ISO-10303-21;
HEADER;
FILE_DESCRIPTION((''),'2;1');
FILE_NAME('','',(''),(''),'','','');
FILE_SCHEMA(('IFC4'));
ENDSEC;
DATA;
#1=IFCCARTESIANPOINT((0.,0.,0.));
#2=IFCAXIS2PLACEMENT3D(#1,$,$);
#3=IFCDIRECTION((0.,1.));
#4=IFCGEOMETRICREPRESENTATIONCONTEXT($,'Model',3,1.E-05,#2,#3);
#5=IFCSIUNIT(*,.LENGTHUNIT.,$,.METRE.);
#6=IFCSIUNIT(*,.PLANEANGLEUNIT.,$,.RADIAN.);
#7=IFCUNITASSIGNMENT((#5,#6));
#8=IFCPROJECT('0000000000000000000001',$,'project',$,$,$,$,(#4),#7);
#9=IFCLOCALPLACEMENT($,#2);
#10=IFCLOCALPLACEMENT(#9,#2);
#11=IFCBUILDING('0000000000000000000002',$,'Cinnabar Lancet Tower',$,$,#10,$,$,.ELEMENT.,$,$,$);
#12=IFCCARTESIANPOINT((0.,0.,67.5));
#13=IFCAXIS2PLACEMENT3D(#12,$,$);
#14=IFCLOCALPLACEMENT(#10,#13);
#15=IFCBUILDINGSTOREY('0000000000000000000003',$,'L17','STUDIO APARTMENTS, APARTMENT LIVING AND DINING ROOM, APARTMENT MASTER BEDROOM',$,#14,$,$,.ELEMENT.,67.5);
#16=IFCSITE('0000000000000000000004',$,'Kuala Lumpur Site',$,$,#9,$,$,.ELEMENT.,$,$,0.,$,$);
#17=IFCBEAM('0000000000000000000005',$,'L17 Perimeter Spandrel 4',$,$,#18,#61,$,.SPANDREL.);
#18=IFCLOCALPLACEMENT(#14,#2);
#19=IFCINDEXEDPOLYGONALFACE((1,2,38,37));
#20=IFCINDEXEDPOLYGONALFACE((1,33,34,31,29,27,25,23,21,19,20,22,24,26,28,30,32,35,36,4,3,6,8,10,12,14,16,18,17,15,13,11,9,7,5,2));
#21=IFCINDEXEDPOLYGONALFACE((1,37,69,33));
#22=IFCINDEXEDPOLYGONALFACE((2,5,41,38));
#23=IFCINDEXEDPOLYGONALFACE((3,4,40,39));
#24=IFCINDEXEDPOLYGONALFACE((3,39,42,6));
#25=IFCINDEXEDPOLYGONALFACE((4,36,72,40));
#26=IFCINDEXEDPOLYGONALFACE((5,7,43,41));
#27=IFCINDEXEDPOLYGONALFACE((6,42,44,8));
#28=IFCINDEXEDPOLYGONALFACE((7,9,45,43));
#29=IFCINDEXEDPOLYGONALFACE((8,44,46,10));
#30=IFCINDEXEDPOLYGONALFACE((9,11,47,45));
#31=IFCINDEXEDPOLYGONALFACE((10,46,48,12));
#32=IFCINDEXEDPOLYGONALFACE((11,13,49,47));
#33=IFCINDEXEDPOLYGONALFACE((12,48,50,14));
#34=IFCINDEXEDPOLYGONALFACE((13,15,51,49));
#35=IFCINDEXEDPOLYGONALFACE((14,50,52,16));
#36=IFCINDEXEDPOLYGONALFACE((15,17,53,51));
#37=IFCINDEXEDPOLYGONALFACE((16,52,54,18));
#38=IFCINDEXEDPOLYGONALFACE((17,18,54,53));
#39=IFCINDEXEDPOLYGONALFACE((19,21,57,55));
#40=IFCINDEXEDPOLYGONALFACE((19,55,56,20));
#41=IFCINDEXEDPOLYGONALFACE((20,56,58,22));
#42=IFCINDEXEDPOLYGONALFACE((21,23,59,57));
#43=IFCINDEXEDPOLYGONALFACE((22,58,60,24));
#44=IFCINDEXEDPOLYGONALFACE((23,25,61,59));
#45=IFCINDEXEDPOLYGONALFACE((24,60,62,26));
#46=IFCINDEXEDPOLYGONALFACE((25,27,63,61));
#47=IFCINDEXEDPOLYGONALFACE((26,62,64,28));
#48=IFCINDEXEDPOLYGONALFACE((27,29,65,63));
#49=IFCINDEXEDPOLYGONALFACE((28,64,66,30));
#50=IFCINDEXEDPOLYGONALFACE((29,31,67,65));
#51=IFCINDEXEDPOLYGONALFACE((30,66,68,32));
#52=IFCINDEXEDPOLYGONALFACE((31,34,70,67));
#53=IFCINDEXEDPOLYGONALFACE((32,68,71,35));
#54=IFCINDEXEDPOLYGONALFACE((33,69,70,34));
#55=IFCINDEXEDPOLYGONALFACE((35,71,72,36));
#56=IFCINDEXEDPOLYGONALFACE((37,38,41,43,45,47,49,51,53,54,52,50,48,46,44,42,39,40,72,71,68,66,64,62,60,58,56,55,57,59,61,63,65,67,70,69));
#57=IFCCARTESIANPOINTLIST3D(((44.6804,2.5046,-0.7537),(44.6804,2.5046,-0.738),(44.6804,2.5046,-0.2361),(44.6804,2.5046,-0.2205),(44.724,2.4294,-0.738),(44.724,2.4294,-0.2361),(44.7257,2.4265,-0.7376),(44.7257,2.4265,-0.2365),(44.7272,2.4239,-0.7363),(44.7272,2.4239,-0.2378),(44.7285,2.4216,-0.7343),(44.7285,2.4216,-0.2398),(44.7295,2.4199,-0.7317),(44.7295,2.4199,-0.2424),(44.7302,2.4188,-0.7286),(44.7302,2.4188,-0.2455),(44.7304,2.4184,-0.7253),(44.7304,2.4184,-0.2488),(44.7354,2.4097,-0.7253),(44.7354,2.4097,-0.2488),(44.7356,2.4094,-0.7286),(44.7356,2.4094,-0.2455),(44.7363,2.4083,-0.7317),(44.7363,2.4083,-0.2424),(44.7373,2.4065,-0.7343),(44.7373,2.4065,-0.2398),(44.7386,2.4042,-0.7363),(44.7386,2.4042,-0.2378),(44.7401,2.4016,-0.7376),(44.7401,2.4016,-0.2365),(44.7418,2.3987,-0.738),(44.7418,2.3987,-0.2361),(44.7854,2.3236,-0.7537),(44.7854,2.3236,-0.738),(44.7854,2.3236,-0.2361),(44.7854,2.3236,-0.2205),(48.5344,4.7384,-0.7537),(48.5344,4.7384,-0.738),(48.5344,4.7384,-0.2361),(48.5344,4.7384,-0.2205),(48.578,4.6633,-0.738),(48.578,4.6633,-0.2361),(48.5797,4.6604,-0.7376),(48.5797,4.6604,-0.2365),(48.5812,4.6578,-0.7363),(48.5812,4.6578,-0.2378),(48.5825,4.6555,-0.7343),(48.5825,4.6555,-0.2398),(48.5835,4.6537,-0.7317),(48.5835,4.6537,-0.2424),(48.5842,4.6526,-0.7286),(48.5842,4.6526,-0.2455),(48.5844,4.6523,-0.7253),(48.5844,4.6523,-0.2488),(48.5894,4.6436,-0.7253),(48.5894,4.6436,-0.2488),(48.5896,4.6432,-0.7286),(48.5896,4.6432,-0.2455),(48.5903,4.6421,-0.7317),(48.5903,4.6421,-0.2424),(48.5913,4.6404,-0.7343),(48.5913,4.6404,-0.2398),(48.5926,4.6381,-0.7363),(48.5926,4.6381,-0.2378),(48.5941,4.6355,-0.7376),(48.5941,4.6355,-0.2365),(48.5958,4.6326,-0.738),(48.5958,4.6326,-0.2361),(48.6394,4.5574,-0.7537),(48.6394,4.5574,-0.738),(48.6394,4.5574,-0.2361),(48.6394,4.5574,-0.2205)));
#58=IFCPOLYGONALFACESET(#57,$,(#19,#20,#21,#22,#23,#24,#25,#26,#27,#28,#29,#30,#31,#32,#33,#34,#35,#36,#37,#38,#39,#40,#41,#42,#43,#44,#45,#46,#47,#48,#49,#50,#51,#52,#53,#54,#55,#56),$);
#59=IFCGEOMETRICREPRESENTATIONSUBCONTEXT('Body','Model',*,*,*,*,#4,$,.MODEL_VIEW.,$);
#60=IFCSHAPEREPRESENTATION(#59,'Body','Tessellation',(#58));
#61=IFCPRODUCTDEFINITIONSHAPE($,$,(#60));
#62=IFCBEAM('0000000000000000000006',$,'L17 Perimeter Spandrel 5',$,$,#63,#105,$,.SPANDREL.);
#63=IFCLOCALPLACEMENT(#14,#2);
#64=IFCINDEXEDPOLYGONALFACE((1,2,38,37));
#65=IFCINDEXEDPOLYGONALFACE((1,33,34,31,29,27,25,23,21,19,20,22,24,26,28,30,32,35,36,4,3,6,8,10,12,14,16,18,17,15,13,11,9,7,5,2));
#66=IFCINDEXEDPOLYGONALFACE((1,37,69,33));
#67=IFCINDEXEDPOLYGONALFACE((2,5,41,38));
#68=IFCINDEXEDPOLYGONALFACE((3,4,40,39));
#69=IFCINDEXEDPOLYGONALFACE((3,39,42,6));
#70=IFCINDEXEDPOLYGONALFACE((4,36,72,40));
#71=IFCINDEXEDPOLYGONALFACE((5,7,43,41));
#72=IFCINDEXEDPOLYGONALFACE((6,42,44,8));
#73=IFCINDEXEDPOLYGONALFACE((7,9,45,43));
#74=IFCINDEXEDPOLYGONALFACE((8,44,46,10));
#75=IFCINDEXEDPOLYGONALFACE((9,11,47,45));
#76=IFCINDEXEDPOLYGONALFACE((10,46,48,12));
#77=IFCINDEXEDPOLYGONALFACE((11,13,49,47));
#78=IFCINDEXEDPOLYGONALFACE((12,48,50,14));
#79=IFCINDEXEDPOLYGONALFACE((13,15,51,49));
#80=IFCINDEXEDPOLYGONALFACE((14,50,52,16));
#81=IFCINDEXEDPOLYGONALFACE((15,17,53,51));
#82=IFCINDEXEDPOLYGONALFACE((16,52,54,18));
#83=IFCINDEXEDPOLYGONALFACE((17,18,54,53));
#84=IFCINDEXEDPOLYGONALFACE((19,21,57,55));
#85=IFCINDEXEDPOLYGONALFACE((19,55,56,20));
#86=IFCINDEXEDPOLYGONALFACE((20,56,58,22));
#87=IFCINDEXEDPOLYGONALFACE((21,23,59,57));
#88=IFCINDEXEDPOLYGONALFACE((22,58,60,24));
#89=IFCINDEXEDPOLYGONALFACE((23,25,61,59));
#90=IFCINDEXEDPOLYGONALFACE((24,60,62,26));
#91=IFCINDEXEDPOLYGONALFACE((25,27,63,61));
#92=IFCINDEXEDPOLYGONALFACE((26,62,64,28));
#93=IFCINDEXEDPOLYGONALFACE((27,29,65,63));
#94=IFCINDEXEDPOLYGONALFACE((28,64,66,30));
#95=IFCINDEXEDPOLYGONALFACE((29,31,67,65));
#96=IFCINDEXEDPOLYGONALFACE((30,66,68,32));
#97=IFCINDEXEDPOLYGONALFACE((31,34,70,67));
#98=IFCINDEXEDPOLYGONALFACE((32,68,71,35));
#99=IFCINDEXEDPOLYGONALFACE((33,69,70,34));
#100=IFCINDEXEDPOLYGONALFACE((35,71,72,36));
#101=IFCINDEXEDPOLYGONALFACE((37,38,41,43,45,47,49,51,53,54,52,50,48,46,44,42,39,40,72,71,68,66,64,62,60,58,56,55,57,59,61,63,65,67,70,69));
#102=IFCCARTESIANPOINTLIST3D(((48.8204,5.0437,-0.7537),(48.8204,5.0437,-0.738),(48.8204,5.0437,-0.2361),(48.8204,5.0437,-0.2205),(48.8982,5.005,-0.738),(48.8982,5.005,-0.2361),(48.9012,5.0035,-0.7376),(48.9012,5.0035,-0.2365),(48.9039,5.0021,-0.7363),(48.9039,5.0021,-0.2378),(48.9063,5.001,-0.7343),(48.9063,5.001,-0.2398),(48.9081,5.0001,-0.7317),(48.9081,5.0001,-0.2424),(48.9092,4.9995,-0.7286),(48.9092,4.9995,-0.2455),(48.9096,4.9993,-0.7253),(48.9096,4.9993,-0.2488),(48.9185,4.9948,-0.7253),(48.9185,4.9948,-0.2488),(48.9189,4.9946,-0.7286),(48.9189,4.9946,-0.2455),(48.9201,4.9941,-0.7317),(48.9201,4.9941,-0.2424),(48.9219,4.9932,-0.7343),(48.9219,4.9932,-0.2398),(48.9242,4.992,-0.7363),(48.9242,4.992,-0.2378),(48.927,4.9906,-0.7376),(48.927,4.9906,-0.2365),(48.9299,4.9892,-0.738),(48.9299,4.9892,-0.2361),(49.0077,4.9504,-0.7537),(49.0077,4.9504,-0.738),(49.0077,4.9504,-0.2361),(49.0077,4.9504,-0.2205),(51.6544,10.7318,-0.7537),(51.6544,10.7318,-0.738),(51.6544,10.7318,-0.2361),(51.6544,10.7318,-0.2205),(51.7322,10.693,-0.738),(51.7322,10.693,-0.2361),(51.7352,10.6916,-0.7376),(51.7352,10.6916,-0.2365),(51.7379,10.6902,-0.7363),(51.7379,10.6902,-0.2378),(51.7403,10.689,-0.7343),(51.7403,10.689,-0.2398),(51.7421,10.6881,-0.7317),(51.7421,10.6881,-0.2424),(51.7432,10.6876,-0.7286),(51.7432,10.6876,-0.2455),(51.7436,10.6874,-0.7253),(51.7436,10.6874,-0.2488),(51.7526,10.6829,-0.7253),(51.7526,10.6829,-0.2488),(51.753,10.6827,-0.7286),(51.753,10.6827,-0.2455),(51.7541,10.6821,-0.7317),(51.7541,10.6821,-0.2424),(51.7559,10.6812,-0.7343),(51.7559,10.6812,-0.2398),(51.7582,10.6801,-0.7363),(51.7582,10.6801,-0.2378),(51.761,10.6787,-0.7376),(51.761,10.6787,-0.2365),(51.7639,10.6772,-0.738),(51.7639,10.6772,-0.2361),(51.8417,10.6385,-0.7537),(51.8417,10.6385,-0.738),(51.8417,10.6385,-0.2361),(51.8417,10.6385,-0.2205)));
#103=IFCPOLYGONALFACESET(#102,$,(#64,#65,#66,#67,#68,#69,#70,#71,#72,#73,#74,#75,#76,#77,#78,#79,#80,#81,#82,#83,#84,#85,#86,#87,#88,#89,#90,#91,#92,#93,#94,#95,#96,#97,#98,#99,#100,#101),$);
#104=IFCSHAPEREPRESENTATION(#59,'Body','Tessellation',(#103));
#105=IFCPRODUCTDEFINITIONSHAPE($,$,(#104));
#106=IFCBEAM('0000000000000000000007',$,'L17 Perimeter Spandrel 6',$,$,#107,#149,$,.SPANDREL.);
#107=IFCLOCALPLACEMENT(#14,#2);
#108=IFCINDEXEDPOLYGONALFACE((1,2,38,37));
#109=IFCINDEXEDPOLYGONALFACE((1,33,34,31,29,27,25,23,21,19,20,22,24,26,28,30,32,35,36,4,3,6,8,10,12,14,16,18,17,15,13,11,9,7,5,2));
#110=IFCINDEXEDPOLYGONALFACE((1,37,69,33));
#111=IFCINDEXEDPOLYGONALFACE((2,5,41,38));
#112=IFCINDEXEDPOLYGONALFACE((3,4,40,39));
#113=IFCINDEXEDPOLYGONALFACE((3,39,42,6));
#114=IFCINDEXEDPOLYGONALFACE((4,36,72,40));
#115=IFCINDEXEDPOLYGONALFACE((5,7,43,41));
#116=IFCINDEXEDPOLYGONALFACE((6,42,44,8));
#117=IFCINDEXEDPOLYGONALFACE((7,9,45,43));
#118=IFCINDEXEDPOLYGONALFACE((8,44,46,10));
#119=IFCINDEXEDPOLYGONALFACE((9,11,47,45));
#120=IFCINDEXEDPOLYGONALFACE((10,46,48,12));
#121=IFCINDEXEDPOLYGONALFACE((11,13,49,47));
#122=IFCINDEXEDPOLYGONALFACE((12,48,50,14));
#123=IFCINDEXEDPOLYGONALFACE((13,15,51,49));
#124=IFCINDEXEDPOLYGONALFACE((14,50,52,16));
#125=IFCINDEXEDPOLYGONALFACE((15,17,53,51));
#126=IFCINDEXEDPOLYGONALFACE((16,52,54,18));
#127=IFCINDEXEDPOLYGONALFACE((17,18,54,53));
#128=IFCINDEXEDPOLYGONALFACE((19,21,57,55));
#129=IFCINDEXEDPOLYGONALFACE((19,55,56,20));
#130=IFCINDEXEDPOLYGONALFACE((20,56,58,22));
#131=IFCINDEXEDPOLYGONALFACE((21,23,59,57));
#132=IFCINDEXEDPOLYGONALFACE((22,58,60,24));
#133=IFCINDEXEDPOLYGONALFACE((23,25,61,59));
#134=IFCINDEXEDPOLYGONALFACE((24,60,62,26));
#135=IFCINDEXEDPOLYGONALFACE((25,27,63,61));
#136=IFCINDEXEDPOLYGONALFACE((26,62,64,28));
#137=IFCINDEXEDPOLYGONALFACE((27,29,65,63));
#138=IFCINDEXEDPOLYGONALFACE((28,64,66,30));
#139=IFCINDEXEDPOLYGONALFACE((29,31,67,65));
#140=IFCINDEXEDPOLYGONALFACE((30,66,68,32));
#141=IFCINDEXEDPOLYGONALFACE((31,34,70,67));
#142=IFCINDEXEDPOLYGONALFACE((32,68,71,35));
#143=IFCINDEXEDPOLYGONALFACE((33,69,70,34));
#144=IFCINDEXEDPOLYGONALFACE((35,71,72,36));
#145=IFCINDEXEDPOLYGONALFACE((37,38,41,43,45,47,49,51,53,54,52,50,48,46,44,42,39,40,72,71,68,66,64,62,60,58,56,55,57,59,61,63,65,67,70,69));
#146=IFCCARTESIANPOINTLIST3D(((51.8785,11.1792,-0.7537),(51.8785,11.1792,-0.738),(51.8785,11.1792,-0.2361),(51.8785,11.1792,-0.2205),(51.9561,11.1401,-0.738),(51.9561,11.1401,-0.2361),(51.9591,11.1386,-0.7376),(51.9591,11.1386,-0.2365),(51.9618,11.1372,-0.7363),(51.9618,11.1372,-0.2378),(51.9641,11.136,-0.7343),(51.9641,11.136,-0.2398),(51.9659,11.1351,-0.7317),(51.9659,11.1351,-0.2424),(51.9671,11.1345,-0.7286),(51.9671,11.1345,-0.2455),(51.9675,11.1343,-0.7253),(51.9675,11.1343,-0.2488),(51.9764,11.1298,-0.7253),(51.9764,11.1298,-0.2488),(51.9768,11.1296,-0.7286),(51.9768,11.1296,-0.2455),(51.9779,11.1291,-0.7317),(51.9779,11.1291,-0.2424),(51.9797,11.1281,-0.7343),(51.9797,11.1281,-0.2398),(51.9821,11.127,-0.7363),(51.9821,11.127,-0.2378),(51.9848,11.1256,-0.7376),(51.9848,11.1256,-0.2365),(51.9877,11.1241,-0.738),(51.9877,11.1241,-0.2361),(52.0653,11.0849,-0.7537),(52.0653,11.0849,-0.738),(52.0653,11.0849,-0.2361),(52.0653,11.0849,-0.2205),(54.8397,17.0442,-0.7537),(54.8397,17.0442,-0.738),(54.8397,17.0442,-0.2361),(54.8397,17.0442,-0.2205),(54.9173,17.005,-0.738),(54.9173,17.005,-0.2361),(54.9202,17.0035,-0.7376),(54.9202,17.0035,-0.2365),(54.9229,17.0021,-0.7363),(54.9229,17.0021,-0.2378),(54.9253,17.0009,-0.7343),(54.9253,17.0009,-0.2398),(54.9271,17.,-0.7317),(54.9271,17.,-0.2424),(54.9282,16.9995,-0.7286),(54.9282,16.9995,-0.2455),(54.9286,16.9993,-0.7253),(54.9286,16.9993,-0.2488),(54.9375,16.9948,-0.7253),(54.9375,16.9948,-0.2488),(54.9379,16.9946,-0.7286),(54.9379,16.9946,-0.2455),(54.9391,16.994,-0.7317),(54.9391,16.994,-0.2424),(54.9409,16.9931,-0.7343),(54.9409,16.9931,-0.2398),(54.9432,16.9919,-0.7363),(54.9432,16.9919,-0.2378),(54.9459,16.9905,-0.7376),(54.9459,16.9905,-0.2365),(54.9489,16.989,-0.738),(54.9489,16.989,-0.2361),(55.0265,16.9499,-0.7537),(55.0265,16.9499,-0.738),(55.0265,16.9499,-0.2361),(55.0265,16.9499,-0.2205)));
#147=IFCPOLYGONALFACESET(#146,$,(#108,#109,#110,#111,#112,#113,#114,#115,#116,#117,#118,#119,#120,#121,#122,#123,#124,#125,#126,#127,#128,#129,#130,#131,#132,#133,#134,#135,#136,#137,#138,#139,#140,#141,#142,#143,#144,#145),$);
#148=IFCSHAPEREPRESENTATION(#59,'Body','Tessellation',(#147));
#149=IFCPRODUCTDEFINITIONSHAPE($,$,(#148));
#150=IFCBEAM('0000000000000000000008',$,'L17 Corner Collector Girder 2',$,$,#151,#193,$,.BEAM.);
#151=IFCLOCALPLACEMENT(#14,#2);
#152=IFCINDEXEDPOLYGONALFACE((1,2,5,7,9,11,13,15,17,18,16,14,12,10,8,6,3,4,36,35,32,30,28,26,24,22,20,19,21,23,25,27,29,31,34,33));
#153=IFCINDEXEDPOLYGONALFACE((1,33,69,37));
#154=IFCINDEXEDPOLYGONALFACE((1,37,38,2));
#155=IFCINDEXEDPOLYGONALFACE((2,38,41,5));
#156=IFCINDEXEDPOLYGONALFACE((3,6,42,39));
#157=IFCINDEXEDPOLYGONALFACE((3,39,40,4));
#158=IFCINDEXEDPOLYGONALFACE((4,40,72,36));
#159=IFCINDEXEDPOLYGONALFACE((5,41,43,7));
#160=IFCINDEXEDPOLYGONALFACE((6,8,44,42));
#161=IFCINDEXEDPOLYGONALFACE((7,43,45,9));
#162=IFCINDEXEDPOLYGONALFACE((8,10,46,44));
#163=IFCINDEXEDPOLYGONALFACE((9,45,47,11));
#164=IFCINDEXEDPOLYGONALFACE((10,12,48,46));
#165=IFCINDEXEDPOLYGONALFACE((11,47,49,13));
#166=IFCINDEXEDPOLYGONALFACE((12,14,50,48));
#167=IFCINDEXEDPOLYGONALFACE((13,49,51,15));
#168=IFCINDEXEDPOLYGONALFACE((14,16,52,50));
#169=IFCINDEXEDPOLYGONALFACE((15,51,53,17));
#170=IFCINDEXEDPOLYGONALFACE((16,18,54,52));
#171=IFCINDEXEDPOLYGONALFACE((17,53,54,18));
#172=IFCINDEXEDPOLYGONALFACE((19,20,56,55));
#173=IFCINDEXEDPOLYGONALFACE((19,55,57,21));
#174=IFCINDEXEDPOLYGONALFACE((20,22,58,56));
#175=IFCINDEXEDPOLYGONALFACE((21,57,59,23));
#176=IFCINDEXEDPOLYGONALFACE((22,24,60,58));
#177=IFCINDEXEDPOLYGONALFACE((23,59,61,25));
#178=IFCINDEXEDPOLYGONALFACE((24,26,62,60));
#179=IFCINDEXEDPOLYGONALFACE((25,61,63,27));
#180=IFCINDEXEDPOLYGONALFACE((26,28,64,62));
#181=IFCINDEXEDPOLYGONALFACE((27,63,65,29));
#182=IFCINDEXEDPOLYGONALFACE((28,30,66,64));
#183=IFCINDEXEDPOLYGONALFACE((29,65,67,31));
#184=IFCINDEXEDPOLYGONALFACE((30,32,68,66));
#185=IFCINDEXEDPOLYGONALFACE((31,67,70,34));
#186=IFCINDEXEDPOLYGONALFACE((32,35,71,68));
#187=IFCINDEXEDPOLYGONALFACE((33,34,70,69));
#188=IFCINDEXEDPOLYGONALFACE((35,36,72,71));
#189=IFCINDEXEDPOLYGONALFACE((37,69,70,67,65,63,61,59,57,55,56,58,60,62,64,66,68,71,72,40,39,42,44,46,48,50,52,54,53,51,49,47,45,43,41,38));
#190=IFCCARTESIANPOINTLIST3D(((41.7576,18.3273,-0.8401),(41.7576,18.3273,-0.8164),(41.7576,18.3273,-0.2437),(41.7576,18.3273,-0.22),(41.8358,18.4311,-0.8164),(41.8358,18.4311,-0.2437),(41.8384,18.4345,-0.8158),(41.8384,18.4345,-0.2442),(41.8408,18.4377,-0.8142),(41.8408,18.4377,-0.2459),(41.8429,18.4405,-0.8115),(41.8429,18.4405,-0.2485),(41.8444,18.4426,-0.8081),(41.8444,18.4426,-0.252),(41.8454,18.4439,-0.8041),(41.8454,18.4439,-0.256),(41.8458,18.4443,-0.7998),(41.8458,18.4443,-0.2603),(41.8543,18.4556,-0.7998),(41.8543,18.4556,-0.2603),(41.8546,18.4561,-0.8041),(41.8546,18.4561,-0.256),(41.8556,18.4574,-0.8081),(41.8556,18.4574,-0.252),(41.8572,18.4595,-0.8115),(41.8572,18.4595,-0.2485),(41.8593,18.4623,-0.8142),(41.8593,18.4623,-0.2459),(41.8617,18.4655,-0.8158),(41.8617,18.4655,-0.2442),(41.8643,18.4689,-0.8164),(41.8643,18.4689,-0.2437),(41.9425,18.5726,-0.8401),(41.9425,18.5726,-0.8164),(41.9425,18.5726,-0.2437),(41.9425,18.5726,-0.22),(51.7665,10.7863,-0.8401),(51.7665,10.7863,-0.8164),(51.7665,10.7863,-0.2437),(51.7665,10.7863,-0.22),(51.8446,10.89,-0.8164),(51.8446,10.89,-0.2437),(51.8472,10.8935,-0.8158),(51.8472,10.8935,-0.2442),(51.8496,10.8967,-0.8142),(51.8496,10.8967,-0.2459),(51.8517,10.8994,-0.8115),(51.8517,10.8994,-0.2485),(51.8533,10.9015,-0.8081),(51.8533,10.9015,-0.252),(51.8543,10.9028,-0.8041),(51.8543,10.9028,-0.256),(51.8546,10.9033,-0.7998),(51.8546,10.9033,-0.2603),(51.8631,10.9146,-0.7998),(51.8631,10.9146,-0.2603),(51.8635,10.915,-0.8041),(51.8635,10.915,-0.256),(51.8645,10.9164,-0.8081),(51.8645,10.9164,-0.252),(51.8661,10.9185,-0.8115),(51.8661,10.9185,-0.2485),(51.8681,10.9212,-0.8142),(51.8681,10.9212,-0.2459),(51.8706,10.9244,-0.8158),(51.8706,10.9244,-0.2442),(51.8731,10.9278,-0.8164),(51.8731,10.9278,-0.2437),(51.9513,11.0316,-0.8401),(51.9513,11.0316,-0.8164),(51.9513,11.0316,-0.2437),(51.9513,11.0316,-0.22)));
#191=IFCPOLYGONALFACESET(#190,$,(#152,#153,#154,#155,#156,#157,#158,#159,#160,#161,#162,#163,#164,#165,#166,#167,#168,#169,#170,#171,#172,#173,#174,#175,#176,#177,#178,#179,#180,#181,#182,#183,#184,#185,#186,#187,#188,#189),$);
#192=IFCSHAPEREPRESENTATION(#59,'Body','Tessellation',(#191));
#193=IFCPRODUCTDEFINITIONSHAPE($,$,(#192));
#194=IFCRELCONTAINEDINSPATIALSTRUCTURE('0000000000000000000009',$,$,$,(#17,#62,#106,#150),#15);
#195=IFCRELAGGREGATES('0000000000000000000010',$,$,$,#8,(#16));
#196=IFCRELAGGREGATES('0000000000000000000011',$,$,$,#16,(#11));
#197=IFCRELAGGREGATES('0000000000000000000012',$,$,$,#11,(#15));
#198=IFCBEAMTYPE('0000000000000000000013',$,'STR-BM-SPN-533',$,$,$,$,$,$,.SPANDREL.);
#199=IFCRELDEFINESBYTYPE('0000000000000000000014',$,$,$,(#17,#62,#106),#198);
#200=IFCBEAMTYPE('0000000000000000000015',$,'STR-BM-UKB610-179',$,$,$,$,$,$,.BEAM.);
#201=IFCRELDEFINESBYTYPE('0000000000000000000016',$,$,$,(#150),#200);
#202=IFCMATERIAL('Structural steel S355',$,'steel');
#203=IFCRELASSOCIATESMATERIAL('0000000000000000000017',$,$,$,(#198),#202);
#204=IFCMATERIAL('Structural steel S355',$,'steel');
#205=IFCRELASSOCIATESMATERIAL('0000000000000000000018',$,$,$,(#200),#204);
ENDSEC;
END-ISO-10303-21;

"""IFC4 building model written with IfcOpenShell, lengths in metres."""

from ifc_helpers import new_model, si_unit, direction, frame, origin, origin_2d, place, context, subcontext, project, spatial, i_section, extrude, material, material_profile, profile_set, type_object, element, save


model = new_model("IFC4")

# Units and contexts
model_context = context("Model", 3, precision=1e-05, world=origin(), true_north=direction((0.0, 1.0)))
body_context = subcontext(model_context, "Body", "Model", "MODEL_VIEW")
ifc_project = project(units=[si_unit("LENGTHUNIT", "METRE"), si_unit("PLANEANGLEUNIT", "RADIAN")], contexts=[model_context])

# Site, building, storey
site_placement = place(None, origin())
site = spatial("IfcSite", under=ifc_project, at=site_placement, Name="Kuala Lumpur Site", CompositionType="ELEMENT", RefElevation=0.0)
building_placement = place(site_placement, origin())
building = spatial("IfcBuilding", under=site, at=building_placement, Name="Cinnabar Lancet Tower", CompositionType="ELEMENT")
storey_placement = place(building_placement, frame((0.0, 0.0, 67.5)))
storey = spatial("IfcBuildingStorey", under=building, at=storey_placement, Name="L17", Description="STUDIO APARTMENTS, APARTMENT LIVING AND DINING ROOM, APARTMENT MASTER BEDROOM", CompositionType="ELEMENT", Elevation=67.5)

# Beams
ifc_material_1 = material(Name="Structural steel S355", Category="steel")
ifc_material_profile_1 = material_profile(ifc_material_1, i_section(OverallWidth=0.2092, OverallDepth=0.5332, WebThickness=0.01, FlangeThickness=0.0156, FilletRadius=0.0127, at=origin_2d()), Name="UKB 533x210x92")
ifc_profile_set_1 = profile_set([ifc_material_profile_1], Name="Structural steel S355")
beam_type_1 = type_object("IfcBeamType", Name="STR-BM-SPN-533", PredefinedType="SPANDREL", material=ifc_profile_set_1)
beam_1_placement = place(storey_placement, frame((44.7329, 2.4141, -0.4871), z_axis=(0.865171, 0.501477, 0.0), x_axis=(-0.501477, 0.865171, 0.0)))
element("IfcBeam", 1, at=beam_1_placement, inside=storey, type_object=beam_type_1, Name="L17 Perimeter Spandrel 4", PredefinedType="SPANDREL", context=body_context, shape_type="SweptSolid", body=[
    extrude(i_section(OverallWidth=0.2092, OverallDepth=0.5332, WebThickness=0.01, FlangeThickness=0.0156, FilletRadius=0.0127, at=origin_2d()), origin(), (0.0, 0.0, 1.0), 4.4546),
])
beam_2_placement = place(storey_placement, frame((48.9141, 4.9971, -0.4871), z_axis=(0.445953, 0.895056, 0.0), x_axis=(-0.895056, 0.445953, 0.0)))
element("IfcBeam", 2, at=beam_2_placement, inside=storey, type_object=beam_type_1, Name="L17 Perimeter Spandrel 5", PredefinedType="SPANDREL", context=body_context, shape_type="SweptSolid", body=[
    extrude(i_section(OverallWidth=0.2092, OverallDepth=0.5332, WebThickness=0.01, FlangeThickness=0.0156, FilletRadius=0.0127, at=origin_2d()), origin(), (0.0, 0.0, 1.0), 6.355),
])
beam_3_placement = place(storey_placement, frame((51.9719, 11.1321, -0.4871), z_axis=(0.450703, 0.892674, 0.0), x_axis=(-0.892674, 0.450703, 0.0)))
element("IfcBeam", 3, at=beam_3_placement, inside=storey, type_object=beam_type_1, Name="L17 Perimeter Spandrel 6", PredefinedType="SPANDREL", context=body_context, shape_type="SweptSolid", body=[
    extrude(i_section(OverallWidth=0.2092, OverallDepth=0.5332, WebThickness=0.01, FlangeThickness=0.0156, FilletRadius=0.0127, at=origin_2d()), origin(), (0.0, 0.0, 1.0), 6.5701),
])
ifc_material_2 = material(Name="Structural steel S355", Category="steel")
ifc_material_profile_2 = material_profile(ifc_material_2, i_section(OverallWidth=0.3071, OverallDepth=0.6201, WebThickness=0.0142, FlangeThickness=0.0237, FilletRadius=0.0166, at=origin_2d()), Name="UKB 610x305x179")
ifc_profile_set_2 = profile_set([ifc_material_profile_2], Name="Structural steel S355")
beam_type_2 = type_object("IfcBeamType", Name="STR-BM-UKB610-179", PredefinedType="BEAM", material=ifc_profile_set_2)
beam_4_placement = place(storey_placement, frame((51.8589, 10.9089, -0.53), z_axis=(-0.79868, 0.601757, 0.0), x_axis=(-0.601757, -0.79868, 0.0)))
element("IfcBeam", 4, at=beam_4_placement, inside=storey, type_object=beam_type_2, Name="L17 Corner Collector Girder 2", PredefinedType="BEAM", context=body_context, shape_type="SweptSolid", body=[
    extrude(i_section(OverallWidth=0.3071, OverallDepth=0.6201, WebThickness=0.0142, FlangeThickness=0.0237, FilletRadius=0.0166, at=origin_2d()), origin(), (0.0, 0.0, 1.0), 12.5317),
])

save(model, "model.ifc")
